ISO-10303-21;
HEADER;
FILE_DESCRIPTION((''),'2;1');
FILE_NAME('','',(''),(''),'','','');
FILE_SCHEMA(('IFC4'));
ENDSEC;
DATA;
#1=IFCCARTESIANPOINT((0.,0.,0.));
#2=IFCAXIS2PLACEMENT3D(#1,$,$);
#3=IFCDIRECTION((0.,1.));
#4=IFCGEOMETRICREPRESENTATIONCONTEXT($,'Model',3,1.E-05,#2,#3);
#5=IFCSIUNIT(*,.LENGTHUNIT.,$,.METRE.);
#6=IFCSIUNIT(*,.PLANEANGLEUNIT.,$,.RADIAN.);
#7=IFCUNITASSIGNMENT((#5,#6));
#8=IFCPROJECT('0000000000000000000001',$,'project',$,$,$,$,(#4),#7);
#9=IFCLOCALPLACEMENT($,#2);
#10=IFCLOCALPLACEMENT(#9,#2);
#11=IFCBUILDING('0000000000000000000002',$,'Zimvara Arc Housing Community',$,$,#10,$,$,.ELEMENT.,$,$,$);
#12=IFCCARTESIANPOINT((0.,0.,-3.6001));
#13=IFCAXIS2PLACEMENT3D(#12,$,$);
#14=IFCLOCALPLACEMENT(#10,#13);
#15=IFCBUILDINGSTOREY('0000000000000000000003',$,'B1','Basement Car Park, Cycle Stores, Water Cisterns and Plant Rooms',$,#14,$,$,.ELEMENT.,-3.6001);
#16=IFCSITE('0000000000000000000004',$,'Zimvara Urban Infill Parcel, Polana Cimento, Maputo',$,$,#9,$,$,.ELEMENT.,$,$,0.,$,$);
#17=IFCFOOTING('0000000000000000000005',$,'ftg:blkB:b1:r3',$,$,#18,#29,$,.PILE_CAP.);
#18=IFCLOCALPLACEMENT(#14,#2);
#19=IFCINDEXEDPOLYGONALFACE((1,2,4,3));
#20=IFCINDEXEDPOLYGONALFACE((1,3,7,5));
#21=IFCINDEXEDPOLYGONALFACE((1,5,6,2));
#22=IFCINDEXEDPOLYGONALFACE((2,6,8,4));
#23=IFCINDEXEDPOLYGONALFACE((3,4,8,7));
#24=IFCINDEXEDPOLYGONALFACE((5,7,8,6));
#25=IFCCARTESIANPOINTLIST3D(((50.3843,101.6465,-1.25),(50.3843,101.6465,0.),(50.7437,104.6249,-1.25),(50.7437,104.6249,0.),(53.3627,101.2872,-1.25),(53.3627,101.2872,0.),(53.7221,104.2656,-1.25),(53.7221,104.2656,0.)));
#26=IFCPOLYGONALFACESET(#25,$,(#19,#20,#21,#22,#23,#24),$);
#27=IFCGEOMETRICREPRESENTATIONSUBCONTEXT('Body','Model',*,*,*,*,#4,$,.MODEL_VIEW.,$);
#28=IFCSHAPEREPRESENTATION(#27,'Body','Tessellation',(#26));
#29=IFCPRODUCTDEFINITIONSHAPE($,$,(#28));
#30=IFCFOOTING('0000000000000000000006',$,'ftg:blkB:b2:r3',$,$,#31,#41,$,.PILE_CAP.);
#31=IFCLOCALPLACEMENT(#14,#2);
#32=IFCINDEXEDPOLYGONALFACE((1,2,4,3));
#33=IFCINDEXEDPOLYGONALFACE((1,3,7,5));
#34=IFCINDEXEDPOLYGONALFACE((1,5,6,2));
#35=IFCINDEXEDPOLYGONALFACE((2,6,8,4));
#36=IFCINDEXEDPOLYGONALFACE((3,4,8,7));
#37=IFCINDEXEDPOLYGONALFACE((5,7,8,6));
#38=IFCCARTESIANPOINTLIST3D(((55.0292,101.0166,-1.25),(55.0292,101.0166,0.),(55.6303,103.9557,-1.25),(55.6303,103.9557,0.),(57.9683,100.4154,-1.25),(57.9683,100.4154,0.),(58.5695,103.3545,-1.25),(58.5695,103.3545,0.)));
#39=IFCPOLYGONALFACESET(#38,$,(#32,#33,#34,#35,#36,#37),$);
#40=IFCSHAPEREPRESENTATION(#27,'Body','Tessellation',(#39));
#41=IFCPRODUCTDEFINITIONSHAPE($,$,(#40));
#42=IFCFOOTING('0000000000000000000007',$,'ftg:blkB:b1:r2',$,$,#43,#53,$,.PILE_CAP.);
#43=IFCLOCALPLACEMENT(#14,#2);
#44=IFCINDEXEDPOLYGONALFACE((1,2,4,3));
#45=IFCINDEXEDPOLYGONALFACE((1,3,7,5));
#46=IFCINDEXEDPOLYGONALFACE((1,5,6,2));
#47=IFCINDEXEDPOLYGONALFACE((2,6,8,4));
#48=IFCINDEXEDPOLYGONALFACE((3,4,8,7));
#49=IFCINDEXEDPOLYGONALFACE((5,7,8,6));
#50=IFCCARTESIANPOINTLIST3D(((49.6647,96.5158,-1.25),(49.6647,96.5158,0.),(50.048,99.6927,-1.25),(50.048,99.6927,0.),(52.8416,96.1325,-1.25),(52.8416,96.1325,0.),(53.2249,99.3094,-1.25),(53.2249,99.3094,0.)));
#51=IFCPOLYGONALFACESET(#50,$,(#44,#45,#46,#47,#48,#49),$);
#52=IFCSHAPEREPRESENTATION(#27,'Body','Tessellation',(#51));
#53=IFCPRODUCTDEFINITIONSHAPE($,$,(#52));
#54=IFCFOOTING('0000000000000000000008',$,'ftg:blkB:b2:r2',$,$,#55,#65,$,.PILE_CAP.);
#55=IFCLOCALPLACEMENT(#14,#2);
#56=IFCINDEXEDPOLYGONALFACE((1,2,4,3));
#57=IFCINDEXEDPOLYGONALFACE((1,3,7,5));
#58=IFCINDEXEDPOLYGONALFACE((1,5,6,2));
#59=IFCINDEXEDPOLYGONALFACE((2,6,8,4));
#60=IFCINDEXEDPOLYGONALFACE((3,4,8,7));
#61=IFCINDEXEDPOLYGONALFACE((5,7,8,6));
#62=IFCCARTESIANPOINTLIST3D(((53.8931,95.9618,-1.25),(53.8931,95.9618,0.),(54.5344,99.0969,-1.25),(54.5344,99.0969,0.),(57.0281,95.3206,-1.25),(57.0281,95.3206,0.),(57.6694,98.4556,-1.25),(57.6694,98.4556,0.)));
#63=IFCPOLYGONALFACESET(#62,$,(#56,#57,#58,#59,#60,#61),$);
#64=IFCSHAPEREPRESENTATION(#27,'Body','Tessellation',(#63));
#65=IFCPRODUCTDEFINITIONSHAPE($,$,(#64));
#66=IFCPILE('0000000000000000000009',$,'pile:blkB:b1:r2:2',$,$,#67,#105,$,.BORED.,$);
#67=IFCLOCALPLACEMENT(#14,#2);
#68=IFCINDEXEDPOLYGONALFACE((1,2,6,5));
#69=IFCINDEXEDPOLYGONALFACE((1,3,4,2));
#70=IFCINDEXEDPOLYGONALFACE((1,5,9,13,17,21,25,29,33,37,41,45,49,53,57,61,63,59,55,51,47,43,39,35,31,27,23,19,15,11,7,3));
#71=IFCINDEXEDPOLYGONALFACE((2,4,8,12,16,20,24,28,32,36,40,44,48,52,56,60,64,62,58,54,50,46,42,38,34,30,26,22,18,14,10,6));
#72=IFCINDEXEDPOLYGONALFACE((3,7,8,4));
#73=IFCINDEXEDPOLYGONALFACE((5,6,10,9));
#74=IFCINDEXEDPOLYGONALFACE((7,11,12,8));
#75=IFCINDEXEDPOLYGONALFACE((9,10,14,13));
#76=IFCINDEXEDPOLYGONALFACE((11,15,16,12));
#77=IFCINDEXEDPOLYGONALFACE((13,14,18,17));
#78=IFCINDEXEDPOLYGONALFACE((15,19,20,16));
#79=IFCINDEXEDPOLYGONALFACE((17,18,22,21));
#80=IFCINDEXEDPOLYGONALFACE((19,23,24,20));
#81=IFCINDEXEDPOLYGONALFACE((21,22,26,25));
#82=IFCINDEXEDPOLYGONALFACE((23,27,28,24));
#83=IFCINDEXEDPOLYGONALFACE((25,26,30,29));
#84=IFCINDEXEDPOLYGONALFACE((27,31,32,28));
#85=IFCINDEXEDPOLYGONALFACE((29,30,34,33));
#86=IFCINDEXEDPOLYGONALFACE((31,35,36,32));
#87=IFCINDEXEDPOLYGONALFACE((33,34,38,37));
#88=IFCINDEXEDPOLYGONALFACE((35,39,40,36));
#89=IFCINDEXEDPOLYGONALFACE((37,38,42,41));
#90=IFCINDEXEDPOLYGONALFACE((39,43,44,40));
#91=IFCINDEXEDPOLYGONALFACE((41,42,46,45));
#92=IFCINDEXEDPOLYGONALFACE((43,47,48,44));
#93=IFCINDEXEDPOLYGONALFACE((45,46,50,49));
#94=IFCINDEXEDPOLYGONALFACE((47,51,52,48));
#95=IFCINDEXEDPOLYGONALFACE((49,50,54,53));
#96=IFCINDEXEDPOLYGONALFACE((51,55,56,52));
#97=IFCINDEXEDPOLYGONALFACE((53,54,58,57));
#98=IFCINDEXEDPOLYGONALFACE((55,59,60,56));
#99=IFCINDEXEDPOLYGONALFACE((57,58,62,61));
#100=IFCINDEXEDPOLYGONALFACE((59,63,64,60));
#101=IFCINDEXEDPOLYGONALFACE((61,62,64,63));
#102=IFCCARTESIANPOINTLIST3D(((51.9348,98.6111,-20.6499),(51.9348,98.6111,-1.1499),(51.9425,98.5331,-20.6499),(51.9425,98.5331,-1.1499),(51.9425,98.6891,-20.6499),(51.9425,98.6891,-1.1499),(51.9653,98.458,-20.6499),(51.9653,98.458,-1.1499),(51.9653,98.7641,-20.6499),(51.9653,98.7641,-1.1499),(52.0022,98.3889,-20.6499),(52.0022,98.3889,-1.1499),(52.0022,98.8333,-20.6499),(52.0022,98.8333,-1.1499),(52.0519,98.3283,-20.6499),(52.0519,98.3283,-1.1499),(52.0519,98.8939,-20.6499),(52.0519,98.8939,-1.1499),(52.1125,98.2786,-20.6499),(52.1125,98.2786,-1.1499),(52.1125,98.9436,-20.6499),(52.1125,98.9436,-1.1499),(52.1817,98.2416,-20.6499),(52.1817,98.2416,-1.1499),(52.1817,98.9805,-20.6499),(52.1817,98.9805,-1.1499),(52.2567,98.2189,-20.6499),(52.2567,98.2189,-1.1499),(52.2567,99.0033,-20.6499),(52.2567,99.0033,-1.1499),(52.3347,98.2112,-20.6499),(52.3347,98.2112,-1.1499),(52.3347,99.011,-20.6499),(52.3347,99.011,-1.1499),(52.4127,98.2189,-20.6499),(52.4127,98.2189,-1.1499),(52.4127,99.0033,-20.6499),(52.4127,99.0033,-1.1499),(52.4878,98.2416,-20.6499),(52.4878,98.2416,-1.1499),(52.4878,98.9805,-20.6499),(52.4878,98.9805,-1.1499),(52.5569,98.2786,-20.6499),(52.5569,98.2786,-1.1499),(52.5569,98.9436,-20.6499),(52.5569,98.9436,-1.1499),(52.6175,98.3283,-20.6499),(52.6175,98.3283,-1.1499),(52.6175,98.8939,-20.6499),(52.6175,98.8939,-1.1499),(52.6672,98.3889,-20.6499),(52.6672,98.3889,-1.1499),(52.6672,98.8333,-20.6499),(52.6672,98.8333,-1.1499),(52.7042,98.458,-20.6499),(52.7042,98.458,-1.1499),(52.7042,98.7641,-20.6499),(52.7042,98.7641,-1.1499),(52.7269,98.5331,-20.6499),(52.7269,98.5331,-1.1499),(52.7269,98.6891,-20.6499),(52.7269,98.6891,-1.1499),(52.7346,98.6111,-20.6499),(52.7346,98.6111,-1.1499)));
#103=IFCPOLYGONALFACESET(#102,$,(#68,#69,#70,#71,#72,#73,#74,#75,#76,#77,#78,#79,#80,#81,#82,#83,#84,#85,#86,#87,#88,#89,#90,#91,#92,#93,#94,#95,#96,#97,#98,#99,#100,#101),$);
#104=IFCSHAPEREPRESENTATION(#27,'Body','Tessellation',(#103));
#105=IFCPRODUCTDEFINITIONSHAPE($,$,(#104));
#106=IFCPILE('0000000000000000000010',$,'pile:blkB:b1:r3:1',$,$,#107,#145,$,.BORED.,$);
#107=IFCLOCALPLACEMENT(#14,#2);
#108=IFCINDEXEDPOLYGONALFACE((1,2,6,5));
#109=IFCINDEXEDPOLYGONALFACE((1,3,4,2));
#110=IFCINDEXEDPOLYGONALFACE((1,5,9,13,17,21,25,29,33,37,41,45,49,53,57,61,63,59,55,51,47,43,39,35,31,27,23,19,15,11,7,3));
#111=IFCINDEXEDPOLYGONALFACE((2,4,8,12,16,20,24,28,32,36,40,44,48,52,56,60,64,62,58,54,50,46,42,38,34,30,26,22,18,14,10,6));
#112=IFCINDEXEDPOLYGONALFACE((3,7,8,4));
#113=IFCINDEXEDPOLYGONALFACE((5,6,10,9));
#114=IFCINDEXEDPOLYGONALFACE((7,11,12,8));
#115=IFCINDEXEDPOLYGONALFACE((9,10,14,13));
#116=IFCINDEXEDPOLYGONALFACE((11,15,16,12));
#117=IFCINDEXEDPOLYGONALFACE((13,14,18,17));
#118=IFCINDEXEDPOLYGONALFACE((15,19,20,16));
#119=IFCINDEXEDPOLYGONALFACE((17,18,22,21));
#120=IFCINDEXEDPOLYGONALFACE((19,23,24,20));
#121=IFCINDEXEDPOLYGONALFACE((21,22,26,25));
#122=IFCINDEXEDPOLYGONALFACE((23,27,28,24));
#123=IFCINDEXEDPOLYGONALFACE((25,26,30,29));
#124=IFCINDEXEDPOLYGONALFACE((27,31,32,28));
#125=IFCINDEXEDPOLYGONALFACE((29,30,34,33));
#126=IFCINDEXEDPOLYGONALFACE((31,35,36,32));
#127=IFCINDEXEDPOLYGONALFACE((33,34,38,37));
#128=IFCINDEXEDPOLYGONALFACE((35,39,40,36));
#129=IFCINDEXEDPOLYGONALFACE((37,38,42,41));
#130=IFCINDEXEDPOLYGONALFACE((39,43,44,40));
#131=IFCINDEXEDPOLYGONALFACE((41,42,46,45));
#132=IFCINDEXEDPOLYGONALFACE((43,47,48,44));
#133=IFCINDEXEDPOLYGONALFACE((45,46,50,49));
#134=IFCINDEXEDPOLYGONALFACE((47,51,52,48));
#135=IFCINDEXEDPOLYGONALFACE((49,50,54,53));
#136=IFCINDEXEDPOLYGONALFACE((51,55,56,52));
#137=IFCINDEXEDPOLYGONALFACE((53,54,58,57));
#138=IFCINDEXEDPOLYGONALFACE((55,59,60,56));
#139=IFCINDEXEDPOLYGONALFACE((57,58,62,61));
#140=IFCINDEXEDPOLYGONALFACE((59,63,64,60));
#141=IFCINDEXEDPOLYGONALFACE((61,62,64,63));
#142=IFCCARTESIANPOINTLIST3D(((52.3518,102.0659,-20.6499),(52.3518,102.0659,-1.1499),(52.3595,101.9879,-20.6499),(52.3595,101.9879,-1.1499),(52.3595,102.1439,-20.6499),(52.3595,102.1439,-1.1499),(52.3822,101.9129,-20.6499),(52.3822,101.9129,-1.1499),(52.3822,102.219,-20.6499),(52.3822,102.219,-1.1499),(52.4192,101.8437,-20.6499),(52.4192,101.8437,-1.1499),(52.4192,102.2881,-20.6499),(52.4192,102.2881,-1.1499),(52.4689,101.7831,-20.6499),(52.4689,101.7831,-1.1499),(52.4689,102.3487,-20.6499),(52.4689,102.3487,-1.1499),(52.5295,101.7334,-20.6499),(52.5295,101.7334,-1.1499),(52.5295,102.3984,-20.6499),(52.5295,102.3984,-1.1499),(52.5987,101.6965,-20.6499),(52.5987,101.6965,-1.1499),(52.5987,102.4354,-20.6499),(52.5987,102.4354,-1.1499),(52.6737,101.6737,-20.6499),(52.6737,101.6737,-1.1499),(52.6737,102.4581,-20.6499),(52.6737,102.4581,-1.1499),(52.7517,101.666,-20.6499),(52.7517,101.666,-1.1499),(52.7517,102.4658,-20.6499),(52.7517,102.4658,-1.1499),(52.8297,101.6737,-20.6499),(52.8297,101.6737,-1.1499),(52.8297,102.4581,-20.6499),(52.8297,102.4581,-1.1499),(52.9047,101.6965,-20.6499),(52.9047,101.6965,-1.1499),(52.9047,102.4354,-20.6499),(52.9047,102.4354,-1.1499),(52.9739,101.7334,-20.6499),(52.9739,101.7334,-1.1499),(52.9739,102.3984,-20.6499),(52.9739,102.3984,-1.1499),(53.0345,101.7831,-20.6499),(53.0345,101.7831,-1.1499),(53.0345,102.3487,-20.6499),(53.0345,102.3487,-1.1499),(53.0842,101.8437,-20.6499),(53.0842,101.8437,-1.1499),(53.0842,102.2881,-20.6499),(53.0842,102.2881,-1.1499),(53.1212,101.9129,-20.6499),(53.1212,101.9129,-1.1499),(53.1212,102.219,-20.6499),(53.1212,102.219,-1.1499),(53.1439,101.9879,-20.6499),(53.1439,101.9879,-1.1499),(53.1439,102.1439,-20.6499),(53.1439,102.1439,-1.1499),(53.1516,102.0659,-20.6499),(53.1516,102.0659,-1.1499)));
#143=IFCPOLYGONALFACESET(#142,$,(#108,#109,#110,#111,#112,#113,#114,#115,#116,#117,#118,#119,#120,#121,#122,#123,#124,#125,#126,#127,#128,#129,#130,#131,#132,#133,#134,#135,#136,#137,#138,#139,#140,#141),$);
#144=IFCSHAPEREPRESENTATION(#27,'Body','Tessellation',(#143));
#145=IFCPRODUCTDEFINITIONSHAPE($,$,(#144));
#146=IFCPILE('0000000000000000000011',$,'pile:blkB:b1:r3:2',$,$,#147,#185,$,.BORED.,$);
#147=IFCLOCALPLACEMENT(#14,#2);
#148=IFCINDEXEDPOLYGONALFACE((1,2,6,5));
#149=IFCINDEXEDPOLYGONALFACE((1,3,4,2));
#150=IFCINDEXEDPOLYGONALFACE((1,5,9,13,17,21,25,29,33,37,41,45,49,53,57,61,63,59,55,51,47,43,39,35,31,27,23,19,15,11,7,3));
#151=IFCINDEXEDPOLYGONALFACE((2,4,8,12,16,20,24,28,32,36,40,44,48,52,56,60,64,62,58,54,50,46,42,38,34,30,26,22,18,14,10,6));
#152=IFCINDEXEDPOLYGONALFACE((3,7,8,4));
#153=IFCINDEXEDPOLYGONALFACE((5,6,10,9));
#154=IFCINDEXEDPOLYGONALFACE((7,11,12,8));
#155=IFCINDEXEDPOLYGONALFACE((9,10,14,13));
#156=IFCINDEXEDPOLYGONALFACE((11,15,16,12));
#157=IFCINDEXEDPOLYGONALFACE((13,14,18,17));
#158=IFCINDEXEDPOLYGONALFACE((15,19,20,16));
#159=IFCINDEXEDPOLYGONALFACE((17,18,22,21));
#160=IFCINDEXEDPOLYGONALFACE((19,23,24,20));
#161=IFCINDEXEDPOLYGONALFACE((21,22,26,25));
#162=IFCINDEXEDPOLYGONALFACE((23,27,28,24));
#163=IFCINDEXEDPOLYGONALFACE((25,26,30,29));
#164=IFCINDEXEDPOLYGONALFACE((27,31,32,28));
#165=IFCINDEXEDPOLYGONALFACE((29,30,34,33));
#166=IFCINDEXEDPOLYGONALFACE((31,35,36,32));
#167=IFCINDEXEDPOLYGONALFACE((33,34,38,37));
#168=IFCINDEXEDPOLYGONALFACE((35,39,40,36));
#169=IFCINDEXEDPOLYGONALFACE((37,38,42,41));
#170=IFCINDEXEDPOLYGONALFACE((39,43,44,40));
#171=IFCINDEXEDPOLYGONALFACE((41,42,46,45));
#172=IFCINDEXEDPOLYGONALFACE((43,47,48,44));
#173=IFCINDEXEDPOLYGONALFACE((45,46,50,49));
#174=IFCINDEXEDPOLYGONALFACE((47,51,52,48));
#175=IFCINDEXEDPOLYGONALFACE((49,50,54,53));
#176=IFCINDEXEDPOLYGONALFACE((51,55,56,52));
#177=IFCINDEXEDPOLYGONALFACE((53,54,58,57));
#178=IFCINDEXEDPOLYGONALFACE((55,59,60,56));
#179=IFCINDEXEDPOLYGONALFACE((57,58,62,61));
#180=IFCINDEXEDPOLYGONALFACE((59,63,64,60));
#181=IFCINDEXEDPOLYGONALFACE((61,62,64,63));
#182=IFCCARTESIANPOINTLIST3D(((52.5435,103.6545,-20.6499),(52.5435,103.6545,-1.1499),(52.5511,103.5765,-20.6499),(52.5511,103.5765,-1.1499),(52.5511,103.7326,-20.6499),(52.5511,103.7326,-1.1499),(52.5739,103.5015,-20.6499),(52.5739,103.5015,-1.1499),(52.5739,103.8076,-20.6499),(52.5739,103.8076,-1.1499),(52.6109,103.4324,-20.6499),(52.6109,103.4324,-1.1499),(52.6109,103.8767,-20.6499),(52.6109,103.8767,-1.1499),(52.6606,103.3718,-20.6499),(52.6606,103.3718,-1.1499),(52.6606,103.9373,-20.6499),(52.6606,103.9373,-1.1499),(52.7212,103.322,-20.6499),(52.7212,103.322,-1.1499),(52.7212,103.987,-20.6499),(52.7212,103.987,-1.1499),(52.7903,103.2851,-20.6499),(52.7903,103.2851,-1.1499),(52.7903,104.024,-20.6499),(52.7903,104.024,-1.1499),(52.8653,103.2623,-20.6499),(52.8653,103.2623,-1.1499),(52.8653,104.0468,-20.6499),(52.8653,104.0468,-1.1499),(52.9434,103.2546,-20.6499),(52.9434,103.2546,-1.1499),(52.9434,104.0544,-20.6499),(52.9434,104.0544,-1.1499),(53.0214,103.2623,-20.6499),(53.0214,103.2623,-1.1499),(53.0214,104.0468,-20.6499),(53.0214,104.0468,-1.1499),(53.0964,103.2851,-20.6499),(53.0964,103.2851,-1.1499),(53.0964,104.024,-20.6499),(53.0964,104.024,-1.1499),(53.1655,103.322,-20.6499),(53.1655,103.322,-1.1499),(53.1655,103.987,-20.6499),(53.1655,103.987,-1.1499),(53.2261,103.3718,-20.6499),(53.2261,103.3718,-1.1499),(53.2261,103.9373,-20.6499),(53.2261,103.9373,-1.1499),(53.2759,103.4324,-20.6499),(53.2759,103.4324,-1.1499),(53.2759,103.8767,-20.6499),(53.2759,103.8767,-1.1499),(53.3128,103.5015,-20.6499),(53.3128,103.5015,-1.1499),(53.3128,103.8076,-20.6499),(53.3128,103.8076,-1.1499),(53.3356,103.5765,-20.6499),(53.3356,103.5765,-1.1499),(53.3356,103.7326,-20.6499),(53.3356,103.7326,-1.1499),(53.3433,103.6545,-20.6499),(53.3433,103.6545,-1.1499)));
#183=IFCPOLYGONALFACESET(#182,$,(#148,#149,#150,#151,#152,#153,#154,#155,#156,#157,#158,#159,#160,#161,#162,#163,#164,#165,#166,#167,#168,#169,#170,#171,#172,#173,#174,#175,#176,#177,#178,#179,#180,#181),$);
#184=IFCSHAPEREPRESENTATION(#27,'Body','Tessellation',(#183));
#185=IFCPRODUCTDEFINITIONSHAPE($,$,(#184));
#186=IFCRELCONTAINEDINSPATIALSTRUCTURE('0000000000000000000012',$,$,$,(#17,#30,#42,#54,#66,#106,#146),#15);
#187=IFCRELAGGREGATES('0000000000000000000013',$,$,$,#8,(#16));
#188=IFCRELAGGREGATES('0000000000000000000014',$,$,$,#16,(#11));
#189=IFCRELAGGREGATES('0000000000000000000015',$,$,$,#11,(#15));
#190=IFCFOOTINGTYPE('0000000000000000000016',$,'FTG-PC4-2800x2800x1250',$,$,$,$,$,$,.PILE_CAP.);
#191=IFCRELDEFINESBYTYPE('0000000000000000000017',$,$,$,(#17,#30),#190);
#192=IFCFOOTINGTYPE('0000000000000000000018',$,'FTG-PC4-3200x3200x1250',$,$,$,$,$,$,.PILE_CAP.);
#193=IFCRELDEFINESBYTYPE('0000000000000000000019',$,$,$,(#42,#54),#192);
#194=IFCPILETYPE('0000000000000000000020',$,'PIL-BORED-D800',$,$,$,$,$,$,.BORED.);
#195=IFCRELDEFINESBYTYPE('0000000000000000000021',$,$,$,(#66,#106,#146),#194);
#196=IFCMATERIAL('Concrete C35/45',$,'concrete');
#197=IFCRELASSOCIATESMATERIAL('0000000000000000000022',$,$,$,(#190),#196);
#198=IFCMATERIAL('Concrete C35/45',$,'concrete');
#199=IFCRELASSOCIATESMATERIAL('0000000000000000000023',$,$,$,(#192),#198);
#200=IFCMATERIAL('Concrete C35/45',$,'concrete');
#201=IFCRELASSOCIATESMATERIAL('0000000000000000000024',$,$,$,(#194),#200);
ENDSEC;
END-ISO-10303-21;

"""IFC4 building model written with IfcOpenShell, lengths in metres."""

from ifc_helpers import new_model, si_unit, direction, frame, origin, origin_2d, place, context, subcontext, project, spatial, rectangle, circle, extrude, material, material_profile, profile_set, type_object, element, save


model = new_model("IFC4")

# Units and contexts
model_context = context("Model", 3, precision=1e-05, world=origin(), true_north=direction((0.0, 1.0)))
body_context = subcontext(model_context, "Body", "Model", "MODEL_VIEW")
ifc_project = project(units=[si_unit("LENGTHUNIT", "METRE"), si_unit("PLANEANGLEUNIT", "RADIAN")], contexts=[model_context])

# Site, building, storey
site_placement = place(None, origin())
site = spatial("IfcSite", under=ifc_project, at=site_placement, Name="Zimvara Urban Infill Parcel, Polana Cimento, Maputo", CompositionType="ELEMENT", RefElevation=0.0)
building_placement = place(site_placement, origin())
building = spatial("IfcBuilding", under=site, at=building_placement, Name="Zimvara Arc Housing Community", CompositionType="ELEMENT")
storey_placement = place(building_placement, frame((0.0, 0.0, -3.6001)))
storey = spatial("IfcBuildingStorey", under=building, at=storey_placement, Name="B1", Description="Basement Car Park, Cycle Stores, Water Cisterns and Plant Rooms", CompositionType="ELEMENT", Elevation=-3.6001)

# Footings
ifc_material_1 = material(Name="Concrete C35/45", Category="concrete")
footing_type_1 = type_object("IfcFootingType", Name="FTG-PC4-2800x2800x1250", PredefinedType="PILE_CAP", material=ifc_material_1)
for number, where, z_axis, x_axis, name in (
    (1, (52.0532, 102.9561, -1.25), (0.0, 0.0, 1.0), (0.11979, 0.992799, 0.0), "ftg:blkB:b1:r3"),
    (2, (56.7993, 102.1855, -1.25), (0.0, 0.0, 1.0), (0.200394, 0.979715, 0.0), "ftg:blkB:b2:r3"),
):
    element("IfcFooting", number, at=place(storey_placement, frame(where, z_axis=z_axis, x_axis=x_axis)), inside=storey, type_object=footing_type_1, Name=name, PredefinedType="PILE_CAP", context=body_context, shape_type="SweptSolid", body=[
        extrude(rectangle(XDim=3.0, YDim=3.0, at=origin_2d()), origin(), (0.0, 0.0, 1.0), 1.25),
    ])
ifc_material_2 = material(Name="Concrete C35/45", Category="concrete")
footing_type_2 = type_object("IfcFootingType", Name="FTG-PC4-3200x3200x1250", PredefinedType="PILE_CAP", material=ifc_material_2)
for number, where, z_axis, x_axis, name in (
    (3, (51.4448, 97.9126, -1.25), (0.0, 0.0, 1.0), (0.11979, 0.992799, 0.0), "ftg:blkB:b1:r2"),
    (4, (55.7812, 97.2087, -1.25), (0.0, 0.0, 1.0), (0.200394, 0.979715, 0.0), "ftg:blkB:b2:r2"),
):
    element("IfcFooting", number, at=place(storey_placement, frame(where, z_axis=z_axis, x_axis=x_axis)), inside=storey, type_object=footing_type_2, Name=name, PredefinedType="PILE_CAP", context=body_context, shape_type="SweptSolid", body=[
        extrude(rectangle(XDim=3.2, YDim=3.2, at=origin_2d()), origin(), (0.0, 0.0, 1.0), 1.25),
    ])

# Piles
ifc_material_3 = material(Name="Concrete C35/45", Category="concrete")
ifc_material_profile_1 = material_profile(ifc_material_3, circle(Radius=0.3999, at=origin_2d()), Name="PILE D800")
ifc_profile_set_1 = profile_set([ifc_material_profile_1], Name="Concrete C35/45")
pile_type = type_object("IfcPileType", Name="PIL-BORED-D800", PredefinedType="BORED", material=ifc_profile_set_1)
for number, where, z_axis, x_axis, name in (
    (5, (52.3347, 98.6111, -1.1499), (0.0, 0.0, -1.0), (1.0, 0.0, 0.0), "pile:blkB:b1:r2:2"),
    (6, (52.7517, 102.0659, -1.1499), (0.0, 0.0, -1.0), (1.0, 0.0, 0.0), "pile:blkB:b1:r3:1"),
    (7, (52.9434, 103.6545, -1.1499), (0.0, 0.0, -1.0), (1.0, 0.0, 0.0), "pile:blkB:b1:r3:2"),
):
    element("IfcPile", number, at=place(storey_placement, frame(where, z_axis=z_axis, x_axis=x_axis)), inside=storey, type_object=pile_type, Name=name, PredefinedType="BORED", context=body_context, shape_type="SweptSolid", body=[
        extrude(circle(Radius=0.3999, at=origin_2d()), origin(), (0.0, 0.0, 1.0), 19.5),
    ])

save(model, "model.ifc")
